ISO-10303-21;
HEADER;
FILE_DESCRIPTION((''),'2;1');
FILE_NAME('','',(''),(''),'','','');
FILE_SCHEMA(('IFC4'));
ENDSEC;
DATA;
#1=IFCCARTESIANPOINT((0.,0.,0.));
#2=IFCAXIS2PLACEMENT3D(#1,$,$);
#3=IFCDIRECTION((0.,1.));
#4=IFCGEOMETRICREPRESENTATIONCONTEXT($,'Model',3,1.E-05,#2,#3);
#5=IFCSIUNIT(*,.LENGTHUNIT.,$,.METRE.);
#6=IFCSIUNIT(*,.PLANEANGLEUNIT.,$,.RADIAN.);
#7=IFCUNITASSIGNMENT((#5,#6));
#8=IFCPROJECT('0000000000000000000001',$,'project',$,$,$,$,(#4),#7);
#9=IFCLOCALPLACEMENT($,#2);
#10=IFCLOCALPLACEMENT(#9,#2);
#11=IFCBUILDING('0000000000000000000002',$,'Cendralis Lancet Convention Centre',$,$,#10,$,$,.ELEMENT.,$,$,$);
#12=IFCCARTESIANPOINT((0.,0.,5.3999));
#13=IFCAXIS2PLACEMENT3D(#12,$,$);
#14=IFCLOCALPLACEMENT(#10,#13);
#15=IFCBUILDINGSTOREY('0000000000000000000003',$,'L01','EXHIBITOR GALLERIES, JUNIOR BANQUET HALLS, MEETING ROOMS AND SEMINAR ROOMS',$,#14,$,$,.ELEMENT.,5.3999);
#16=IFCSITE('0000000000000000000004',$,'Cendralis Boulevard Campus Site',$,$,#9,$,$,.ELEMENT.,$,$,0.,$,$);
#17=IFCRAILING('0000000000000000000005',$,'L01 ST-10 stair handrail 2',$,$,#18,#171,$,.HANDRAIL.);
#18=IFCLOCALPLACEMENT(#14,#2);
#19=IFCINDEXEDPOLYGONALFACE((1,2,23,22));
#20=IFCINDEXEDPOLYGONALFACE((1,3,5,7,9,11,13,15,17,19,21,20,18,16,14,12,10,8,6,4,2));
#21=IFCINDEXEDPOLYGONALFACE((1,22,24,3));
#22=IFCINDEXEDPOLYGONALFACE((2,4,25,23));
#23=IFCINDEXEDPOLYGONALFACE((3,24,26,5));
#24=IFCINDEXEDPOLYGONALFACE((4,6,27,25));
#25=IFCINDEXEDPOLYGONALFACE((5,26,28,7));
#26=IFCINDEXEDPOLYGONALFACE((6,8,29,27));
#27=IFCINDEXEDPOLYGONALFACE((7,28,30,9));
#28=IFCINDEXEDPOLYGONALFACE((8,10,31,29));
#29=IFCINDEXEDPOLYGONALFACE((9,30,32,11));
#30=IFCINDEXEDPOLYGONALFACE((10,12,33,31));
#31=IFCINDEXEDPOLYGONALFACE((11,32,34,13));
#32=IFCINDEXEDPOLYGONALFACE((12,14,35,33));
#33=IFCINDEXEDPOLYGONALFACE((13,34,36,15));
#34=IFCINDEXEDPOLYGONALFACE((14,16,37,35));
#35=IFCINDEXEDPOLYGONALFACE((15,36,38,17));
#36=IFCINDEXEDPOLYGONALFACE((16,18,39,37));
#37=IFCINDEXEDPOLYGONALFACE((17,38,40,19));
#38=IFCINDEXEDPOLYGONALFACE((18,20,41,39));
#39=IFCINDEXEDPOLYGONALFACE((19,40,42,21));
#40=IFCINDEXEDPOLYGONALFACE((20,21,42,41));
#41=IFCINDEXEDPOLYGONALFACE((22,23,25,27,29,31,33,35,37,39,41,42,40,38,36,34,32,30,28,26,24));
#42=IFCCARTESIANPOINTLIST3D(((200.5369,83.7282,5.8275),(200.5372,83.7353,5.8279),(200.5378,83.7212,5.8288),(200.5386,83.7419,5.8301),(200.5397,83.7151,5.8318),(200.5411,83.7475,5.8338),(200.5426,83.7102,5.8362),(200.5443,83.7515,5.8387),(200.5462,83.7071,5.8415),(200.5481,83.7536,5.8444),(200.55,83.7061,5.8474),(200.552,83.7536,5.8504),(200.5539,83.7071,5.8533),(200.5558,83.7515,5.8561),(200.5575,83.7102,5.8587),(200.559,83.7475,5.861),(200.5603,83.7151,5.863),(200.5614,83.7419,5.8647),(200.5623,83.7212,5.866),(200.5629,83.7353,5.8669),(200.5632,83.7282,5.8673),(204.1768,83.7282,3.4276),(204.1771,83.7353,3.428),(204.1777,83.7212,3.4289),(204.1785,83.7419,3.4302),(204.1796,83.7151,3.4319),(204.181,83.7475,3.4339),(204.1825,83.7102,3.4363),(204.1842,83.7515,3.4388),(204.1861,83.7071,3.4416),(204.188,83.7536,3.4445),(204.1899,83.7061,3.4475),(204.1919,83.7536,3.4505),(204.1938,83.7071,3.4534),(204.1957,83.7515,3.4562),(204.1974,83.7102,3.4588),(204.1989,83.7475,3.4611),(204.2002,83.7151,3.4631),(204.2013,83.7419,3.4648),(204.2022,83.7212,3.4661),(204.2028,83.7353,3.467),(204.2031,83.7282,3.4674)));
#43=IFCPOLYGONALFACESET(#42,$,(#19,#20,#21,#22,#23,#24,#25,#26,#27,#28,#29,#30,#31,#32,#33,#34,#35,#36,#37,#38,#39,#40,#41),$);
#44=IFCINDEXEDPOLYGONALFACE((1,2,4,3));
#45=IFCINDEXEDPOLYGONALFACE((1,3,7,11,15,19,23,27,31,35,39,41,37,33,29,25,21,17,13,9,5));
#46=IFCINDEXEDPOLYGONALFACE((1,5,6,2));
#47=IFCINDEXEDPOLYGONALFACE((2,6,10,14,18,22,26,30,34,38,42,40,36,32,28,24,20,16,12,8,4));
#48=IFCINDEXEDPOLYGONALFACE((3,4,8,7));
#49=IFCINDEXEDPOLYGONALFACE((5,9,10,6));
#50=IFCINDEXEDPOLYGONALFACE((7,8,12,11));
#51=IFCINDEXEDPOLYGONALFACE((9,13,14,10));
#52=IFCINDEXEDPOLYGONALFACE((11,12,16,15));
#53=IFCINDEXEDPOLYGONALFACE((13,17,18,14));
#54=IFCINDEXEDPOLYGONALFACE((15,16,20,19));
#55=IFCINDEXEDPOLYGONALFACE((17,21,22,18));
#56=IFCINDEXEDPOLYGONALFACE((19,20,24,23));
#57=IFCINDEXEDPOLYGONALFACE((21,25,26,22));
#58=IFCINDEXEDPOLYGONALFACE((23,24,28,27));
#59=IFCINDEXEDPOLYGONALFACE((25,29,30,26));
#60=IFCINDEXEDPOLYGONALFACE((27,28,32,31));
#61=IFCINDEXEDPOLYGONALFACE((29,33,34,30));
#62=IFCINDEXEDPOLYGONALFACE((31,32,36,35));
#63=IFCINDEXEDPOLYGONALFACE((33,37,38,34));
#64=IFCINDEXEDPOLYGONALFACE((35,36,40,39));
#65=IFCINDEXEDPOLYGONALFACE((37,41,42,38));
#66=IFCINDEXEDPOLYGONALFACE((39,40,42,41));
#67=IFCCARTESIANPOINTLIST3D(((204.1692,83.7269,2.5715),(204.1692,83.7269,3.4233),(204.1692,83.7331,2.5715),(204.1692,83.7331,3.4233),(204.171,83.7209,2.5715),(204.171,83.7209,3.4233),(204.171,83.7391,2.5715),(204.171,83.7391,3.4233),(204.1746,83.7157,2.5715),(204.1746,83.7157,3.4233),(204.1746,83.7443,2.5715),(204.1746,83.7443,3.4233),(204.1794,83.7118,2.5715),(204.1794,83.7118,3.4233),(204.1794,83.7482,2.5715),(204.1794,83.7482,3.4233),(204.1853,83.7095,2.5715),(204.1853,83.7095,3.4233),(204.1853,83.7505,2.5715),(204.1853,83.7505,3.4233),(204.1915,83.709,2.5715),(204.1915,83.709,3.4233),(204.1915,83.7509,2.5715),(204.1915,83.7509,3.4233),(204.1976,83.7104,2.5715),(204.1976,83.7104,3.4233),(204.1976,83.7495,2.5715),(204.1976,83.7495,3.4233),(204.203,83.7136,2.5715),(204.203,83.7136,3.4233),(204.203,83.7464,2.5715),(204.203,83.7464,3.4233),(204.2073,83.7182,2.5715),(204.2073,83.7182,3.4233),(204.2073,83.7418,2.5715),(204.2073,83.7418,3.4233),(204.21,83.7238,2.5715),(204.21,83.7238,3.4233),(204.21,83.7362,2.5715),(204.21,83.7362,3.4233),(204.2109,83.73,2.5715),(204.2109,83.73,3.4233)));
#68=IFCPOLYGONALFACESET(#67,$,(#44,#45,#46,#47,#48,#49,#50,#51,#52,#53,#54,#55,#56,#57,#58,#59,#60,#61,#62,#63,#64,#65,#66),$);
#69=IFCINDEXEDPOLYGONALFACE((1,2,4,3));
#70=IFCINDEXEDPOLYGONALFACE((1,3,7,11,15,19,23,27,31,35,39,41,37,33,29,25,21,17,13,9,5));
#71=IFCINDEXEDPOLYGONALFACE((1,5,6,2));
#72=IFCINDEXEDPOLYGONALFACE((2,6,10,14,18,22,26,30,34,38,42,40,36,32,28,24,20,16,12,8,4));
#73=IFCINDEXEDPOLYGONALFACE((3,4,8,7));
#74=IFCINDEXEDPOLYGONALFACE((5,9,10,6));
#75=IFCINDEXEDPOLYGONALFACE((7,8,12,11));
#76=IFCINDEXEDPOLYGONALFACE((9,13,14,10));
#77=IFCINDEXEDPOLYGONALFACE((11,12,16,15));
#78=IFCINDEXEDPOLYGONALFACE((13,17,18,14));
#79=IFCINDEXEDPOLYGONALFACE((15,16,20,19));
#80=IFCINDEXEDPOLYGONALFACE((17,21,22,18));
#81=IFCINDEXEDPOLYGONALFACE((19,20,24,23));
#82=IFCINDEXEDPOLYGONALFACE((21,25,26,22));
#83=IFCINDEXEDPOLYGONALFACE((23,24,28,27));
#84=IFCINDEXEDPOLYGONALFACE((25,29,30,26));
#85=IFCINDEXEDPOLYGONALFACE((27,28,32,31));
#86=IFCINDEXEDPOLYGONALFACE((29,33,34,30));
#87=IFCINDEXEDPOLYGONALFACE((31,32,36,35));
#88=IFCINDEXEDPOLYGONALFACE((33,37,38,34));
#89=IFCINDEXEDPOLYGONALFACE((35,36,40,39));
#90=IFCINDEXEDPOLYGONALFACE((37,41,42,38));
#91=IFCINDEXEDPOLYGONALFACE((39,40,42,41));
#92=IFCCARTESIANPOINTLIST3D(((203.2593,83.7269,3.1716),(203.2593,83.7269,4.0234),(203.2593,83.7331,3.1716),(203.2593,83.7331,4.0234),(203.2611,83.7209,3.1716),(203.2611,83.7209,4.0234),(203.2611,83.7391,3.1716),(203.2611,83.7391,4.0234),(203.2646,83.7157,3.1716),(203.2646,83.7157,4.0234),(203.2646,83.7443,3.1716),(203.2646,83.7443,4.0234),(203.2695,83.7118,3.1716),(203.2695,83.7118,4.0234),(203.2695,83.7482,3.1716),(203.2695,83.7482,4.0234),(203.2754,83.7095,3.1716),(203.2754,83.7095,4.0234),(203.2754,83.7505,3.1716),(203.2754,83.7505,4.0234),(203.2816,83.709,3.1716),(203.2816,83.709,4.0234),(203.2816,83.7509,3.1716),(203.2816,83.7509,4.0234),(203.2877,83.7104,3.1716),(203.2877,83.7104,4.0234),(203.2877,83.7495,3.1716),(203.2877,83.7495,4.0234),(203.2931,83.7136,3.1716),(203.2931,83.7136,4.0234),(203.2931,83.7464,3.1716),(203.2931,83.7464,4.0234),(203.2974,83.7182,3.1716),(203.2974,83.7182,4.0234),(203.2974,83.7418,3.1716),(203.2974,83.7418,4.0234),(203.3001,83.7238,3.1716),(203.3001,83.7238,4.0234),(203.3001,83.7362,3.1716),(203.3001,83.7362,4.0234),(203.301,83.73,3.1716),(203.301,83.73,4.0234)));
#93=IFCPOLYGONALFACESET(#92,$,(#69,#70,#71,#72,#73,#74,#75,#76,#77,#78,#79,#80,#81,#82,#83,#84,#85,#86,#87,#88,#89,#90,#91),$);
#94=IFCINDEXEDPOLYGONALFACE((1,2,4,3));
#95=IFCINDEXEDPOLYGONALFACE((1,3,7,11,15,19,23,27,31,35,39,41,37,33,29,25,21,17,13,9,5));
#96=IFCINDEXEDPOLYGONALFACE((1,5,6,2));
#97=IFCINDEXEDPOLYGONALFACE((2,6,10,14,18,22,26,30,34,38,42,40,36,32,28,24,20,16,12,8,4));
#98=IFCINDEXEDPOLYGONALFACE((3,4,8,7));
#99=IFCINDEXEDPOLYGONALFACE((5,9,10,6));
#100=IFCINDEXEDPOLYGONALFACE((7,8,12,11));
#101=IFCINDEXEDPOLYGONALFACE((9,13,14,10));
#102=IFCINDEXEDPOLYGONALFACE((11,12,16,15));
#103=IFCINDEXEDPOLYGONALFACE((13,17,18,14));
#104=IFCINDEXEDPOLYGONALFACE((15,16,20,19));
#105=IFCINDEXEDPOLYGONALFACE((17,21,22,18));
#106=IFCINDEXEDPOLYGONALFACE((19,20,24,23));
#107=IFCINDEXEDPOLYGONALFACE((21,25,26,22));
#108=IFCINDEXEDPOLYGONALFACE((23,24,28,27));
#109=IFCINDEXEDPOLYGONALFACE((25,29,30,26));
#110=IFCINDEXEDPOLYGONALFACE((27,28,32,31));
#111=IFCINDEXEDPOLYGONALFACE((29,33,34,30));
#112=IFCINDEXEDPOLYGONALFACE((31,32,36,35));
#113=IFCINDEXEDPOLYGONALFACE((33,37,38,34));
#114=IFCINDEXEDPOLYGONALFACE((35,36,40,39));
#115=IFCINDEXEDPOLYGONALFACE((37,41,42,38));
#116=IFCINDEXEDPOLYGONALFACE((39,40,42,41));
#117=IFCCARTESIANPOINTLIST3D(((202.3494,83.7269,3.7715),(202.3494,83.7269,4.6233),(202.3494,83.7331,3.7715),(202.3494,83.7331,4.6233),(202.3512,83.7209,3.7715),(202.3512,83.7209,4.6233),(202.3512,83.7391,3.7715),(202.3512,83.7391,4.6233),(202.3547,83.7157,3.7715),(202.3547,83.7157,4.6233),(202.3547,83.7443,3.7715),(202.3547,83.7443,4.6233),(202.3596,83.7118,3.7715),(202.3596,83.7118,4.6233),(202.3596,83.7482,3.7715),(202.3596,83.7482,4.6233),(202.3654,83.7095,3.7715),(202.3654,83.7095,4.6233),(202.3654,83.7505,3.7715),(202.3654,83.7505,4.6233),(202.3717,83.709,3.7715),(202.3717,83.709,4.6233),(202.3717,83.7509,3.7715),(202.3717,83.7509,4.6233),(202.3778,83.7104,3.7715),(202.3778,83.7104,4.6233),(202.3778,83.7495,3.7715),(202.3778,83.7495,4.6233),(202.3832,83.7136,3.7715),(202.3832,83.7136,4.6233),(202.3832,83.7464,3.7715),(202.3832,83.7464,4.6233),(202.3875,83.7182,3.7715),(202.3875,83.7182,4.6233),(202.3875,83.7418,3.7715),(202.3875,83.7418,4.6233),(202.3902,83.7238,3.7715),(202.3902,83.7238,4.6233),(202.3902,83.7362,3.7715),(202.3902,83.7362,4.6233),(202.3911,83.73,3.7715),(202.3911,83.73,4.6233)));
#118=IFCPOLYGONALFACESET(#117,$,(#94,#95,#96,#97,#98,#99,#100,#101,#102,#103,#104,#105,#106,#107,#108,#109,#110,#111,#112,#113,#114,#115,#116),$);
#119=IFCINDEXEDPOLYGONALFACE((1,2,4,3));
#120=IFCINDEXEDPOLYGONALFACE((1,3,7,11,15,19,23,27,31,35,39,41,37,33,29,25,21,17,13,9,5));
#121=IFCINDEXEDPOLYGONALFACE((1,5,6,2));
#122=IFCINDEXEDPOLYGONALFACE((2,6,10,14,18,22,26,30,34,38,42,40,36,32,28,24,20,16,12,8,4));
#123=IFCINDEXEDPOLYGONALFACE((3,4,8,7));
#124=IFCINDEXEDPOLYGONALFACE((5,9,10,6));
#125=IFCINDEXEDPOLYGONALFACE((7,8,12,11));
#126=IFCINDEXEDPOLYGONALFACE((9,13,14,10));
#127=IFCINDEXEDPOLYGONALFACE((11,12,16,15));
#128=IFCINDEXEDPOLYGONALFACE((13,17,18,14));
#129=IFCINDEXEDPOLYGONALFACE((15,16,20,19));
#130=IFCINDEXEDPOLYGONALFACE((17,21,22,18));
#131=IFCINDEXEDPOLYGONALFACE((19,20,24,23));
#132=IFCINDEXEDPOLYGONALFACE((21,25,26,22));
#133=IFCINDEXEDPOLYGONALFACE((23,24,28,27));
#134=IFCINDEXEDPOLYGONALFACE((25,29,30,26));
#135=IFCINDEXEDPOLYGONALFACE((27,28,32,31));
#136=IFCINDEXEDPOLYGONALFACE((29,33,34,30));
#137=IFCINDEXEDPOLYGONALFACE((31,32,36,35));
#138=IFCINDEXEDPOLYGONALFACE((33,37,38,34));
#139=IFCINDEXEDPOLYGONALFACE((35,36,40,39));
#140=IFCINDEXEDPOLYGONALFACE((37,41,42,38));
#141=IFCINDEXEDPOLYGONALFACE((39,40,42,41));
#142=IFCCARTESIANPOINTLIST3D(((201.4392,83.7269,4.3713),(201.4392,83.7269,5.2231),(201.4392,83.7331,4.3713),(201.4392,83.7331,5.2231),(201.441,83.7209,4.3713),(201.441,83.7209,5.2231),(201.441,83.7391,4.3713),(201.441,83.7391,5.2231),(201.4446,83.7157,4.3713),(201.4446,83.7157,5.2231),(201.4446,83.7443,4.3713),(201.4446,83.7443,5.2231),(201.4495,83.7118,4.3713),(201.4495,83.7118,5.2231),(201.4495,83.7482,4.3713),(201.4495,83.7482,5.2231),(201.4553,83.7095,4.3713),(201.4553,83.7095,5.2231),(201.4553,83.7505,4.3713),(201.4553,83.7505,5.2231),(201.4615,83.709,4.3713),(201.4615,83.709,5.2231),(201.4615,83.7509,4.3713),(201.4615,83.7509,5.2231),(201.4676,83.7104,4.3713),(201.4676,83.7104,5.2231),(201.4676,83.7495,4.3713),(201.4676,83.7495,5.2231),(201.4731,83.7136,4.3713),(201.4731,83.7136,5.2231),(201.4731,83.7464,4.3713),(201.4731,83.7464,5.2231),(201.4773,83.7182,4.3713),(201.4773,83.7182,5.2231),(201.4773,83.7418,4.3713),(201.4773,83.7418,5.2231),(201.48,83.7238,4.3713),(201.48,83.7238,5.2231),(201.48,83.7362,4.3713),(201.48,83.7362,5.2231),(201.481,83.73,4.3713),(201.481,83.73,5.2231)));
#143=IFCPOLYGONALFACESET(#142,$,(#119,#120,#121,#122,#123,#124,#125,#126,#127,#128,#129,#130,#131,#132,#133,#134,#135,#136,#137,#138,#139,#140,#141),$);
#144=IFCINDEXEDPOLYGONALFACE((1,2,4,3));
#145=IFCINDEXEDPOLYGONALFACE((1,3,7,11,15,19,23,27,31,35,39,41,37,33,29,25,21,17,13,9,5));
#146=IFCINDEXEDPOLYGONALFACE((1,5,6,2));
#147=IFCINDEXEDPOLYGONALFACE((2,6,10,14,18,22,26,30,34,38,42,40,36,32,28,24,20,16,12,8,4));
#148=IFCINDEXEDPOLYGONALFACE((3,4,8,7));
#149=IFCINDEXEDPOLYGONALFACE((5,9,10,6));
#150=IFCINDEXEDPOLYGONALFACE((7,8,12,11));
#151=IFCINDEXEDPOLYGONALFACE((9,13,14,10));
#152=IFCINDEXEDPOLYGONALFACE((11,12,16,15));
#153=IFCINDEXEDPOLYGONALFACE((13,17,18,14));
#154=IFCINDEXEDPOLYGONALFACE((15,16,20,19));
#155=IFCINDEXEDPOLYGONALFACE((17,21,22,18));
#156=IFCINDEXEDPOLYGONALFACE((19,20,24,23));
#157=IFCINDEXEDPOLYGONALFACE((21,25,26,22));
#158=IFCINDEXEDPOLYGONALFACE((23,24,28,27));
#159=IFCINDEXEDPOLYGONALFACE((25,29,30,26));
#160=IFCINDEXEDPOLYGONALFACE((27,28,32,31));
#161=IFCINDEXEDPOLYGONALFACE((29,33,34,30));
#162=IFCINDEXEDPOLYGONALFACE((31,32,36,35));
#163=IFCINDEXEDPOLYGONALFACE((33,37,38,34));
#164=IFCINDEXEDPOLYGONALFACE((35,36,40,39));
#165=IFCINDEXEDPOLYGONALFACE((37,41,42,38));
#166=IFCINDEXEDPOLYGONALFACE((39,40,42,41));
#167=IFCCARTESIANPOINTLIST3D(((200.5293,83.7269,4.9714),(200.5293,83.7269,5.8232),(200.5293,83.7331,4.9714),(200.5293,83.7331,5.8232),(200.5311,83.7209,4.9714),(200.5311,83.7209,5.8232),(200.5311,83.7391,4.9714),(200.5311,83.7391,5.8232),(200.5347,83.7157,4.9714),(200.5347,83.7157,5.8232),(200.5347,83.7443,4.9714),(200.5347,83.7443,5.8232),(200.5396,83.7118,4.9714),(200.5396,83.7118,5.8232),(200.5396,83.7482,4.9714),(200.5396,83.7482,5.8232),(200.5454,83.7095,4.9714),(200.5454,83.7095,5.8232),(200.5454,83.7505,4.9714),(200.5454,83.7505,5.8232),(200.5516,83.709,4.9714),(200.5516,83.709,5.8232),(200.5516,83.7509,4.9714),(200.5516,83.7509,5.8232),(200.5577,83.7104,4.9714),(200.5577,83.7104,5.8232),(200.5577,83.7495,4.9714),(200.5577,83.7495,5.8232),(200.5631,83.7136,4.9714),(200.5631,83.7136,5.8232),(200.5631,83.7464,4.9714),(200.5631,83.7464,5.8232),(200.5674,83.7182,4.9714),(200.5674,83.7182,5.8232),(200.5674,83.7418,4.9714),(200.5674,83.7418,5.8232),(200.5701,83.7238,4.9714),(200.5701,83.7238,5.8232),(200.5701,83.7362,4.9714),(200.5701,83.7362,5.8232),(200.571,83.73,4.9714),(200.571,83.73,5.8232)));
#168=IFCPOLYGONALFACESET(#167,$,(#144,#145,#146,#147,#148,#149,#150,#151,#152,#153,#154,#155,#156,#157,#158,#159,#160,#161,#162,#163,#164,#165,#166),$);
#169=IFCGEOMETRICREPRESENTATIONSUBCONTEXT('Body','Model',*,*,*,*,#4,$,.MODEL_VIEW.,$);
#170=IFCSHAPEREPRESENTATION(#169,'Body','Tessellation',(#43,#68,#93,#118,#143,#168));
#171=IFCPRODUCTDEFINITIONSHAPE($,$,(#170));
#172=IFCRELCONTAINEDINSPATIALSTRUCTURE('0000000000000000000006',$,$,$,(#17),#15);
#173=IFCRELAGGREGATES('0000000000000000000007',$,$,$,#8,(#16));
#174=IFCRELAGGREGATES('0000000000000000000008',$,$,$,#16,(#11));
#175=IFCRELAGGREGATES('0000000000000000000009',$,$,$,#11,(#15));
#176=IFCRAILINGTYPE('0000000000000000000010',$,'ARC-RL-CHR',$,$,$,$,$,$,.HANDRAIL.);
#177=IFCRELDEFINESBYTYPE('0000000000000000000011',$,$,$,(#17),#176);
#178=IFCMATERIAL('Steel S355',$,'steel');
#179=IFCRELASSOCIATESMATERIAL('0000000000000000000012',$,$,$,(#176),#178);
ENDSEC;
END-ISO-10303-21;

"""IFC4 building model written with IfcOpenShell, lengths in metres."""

from ifc_helpers import new_model, si_unit, direction, frame, origin, origin_2d, place, context, subcontext, project, spatial, circle, extrude, material, type_object, element, save


model = new_model("IFC4")

# Units and contexts
model_context = context("Model", 3, precision=1e-05, world=origin(), true_north=direction((0.0, 1.0)))
body_context = subcontext(model_context, "Body", "Model", "MODEL_VIEW")
ifc_project = project(units=[si_unit("LENGTHUNIT", "METRE"), si_unit("PLANEANGLEUNIT", "RADIAN")], contexts=[model_context])

# Site, building, storey
site_placement = place(None, origin())
site = spatial("IfcSite", under=ifc_project, at=site_placement, Name="Cendralis Boulevard Campus Site", CompositionType="ELEMENT", RefElevation=0.0)
building_placement = place(site_placement, origin())
building = spatial("IfcBuilding", under=site, at=building_placement, Name="Cendralis Lancet Convention Centre", CompositionType="ELEMENT")
storey_placement = place(building_placement, frame((0.0, 0.0, 5.3999)))
storey = spatial("IfcBuildingStorey", under=building, at=storey_placement, Name="L01", Description="EXHIBITOR GALLERIES, JUNIOR BANQUET HALLS, MEETING ROOMS AND SEMINAR ROOMS", CompositionType="ELEMENT", Elevation=5.3999)

# Railing
ifc_material_1 = material(Name="Steel S355", Category="steel")
railing_type = type_object("IfcRailingType", Name="ARC-RL-CHR", PredefinedType="HANDRAIL", material=ifc_material_1)
railing_placement = place(storey_placement, frame((204.1899, 83.73, 2.5715)))
element("IfcRailing", 1, at=railing_placement, inside=storey, type_object=railing_type, Name="L01 ST-10 stair handrail 2", PredefinedType="HANDRAIL", context=body_context, shape_type="SweptSolid", body=[
    extrude(circle(Radius=0.0239, at=origin_2d()), frame((0.0, 0.0, 0.876), z_axis=(-0.834865, 0.0, 0.550454), x_axis=(0.0, -1.0, 0.0)), (0.0, 0.0, 1.0), 4.3599),
    extrude(circle(Radius=0.021, at=origin_2d()), origin(), (0.0, 0.0, 1.0), 0.8518),
    extrude(circle(Radius=0.021, at=origin_2d()), frame((-0.9099, 0.0, 0.6001)), (0.0, 0.0, 1.0), 0.8518),
    extrude(circle(Radius=0.021, at=origin_2d()), frame((-1.8198, 0.0, 1.2)), (0.0, 0.0, 1.0), 0.8518),
    extrude(circle(Radius=0.021, at=origin_2d()), frame((-2.73, 0.0, 1.7998)), (0.0, 0.0, 1.0), 0.8518),
    extrude(circle(Radius=0.021, at=origin_2d()), frame((-3.6399, 0.0, 2.3999)), (0.0, 0.0, 1.0), 0.8518),
])

save(model, "model.ifc")
